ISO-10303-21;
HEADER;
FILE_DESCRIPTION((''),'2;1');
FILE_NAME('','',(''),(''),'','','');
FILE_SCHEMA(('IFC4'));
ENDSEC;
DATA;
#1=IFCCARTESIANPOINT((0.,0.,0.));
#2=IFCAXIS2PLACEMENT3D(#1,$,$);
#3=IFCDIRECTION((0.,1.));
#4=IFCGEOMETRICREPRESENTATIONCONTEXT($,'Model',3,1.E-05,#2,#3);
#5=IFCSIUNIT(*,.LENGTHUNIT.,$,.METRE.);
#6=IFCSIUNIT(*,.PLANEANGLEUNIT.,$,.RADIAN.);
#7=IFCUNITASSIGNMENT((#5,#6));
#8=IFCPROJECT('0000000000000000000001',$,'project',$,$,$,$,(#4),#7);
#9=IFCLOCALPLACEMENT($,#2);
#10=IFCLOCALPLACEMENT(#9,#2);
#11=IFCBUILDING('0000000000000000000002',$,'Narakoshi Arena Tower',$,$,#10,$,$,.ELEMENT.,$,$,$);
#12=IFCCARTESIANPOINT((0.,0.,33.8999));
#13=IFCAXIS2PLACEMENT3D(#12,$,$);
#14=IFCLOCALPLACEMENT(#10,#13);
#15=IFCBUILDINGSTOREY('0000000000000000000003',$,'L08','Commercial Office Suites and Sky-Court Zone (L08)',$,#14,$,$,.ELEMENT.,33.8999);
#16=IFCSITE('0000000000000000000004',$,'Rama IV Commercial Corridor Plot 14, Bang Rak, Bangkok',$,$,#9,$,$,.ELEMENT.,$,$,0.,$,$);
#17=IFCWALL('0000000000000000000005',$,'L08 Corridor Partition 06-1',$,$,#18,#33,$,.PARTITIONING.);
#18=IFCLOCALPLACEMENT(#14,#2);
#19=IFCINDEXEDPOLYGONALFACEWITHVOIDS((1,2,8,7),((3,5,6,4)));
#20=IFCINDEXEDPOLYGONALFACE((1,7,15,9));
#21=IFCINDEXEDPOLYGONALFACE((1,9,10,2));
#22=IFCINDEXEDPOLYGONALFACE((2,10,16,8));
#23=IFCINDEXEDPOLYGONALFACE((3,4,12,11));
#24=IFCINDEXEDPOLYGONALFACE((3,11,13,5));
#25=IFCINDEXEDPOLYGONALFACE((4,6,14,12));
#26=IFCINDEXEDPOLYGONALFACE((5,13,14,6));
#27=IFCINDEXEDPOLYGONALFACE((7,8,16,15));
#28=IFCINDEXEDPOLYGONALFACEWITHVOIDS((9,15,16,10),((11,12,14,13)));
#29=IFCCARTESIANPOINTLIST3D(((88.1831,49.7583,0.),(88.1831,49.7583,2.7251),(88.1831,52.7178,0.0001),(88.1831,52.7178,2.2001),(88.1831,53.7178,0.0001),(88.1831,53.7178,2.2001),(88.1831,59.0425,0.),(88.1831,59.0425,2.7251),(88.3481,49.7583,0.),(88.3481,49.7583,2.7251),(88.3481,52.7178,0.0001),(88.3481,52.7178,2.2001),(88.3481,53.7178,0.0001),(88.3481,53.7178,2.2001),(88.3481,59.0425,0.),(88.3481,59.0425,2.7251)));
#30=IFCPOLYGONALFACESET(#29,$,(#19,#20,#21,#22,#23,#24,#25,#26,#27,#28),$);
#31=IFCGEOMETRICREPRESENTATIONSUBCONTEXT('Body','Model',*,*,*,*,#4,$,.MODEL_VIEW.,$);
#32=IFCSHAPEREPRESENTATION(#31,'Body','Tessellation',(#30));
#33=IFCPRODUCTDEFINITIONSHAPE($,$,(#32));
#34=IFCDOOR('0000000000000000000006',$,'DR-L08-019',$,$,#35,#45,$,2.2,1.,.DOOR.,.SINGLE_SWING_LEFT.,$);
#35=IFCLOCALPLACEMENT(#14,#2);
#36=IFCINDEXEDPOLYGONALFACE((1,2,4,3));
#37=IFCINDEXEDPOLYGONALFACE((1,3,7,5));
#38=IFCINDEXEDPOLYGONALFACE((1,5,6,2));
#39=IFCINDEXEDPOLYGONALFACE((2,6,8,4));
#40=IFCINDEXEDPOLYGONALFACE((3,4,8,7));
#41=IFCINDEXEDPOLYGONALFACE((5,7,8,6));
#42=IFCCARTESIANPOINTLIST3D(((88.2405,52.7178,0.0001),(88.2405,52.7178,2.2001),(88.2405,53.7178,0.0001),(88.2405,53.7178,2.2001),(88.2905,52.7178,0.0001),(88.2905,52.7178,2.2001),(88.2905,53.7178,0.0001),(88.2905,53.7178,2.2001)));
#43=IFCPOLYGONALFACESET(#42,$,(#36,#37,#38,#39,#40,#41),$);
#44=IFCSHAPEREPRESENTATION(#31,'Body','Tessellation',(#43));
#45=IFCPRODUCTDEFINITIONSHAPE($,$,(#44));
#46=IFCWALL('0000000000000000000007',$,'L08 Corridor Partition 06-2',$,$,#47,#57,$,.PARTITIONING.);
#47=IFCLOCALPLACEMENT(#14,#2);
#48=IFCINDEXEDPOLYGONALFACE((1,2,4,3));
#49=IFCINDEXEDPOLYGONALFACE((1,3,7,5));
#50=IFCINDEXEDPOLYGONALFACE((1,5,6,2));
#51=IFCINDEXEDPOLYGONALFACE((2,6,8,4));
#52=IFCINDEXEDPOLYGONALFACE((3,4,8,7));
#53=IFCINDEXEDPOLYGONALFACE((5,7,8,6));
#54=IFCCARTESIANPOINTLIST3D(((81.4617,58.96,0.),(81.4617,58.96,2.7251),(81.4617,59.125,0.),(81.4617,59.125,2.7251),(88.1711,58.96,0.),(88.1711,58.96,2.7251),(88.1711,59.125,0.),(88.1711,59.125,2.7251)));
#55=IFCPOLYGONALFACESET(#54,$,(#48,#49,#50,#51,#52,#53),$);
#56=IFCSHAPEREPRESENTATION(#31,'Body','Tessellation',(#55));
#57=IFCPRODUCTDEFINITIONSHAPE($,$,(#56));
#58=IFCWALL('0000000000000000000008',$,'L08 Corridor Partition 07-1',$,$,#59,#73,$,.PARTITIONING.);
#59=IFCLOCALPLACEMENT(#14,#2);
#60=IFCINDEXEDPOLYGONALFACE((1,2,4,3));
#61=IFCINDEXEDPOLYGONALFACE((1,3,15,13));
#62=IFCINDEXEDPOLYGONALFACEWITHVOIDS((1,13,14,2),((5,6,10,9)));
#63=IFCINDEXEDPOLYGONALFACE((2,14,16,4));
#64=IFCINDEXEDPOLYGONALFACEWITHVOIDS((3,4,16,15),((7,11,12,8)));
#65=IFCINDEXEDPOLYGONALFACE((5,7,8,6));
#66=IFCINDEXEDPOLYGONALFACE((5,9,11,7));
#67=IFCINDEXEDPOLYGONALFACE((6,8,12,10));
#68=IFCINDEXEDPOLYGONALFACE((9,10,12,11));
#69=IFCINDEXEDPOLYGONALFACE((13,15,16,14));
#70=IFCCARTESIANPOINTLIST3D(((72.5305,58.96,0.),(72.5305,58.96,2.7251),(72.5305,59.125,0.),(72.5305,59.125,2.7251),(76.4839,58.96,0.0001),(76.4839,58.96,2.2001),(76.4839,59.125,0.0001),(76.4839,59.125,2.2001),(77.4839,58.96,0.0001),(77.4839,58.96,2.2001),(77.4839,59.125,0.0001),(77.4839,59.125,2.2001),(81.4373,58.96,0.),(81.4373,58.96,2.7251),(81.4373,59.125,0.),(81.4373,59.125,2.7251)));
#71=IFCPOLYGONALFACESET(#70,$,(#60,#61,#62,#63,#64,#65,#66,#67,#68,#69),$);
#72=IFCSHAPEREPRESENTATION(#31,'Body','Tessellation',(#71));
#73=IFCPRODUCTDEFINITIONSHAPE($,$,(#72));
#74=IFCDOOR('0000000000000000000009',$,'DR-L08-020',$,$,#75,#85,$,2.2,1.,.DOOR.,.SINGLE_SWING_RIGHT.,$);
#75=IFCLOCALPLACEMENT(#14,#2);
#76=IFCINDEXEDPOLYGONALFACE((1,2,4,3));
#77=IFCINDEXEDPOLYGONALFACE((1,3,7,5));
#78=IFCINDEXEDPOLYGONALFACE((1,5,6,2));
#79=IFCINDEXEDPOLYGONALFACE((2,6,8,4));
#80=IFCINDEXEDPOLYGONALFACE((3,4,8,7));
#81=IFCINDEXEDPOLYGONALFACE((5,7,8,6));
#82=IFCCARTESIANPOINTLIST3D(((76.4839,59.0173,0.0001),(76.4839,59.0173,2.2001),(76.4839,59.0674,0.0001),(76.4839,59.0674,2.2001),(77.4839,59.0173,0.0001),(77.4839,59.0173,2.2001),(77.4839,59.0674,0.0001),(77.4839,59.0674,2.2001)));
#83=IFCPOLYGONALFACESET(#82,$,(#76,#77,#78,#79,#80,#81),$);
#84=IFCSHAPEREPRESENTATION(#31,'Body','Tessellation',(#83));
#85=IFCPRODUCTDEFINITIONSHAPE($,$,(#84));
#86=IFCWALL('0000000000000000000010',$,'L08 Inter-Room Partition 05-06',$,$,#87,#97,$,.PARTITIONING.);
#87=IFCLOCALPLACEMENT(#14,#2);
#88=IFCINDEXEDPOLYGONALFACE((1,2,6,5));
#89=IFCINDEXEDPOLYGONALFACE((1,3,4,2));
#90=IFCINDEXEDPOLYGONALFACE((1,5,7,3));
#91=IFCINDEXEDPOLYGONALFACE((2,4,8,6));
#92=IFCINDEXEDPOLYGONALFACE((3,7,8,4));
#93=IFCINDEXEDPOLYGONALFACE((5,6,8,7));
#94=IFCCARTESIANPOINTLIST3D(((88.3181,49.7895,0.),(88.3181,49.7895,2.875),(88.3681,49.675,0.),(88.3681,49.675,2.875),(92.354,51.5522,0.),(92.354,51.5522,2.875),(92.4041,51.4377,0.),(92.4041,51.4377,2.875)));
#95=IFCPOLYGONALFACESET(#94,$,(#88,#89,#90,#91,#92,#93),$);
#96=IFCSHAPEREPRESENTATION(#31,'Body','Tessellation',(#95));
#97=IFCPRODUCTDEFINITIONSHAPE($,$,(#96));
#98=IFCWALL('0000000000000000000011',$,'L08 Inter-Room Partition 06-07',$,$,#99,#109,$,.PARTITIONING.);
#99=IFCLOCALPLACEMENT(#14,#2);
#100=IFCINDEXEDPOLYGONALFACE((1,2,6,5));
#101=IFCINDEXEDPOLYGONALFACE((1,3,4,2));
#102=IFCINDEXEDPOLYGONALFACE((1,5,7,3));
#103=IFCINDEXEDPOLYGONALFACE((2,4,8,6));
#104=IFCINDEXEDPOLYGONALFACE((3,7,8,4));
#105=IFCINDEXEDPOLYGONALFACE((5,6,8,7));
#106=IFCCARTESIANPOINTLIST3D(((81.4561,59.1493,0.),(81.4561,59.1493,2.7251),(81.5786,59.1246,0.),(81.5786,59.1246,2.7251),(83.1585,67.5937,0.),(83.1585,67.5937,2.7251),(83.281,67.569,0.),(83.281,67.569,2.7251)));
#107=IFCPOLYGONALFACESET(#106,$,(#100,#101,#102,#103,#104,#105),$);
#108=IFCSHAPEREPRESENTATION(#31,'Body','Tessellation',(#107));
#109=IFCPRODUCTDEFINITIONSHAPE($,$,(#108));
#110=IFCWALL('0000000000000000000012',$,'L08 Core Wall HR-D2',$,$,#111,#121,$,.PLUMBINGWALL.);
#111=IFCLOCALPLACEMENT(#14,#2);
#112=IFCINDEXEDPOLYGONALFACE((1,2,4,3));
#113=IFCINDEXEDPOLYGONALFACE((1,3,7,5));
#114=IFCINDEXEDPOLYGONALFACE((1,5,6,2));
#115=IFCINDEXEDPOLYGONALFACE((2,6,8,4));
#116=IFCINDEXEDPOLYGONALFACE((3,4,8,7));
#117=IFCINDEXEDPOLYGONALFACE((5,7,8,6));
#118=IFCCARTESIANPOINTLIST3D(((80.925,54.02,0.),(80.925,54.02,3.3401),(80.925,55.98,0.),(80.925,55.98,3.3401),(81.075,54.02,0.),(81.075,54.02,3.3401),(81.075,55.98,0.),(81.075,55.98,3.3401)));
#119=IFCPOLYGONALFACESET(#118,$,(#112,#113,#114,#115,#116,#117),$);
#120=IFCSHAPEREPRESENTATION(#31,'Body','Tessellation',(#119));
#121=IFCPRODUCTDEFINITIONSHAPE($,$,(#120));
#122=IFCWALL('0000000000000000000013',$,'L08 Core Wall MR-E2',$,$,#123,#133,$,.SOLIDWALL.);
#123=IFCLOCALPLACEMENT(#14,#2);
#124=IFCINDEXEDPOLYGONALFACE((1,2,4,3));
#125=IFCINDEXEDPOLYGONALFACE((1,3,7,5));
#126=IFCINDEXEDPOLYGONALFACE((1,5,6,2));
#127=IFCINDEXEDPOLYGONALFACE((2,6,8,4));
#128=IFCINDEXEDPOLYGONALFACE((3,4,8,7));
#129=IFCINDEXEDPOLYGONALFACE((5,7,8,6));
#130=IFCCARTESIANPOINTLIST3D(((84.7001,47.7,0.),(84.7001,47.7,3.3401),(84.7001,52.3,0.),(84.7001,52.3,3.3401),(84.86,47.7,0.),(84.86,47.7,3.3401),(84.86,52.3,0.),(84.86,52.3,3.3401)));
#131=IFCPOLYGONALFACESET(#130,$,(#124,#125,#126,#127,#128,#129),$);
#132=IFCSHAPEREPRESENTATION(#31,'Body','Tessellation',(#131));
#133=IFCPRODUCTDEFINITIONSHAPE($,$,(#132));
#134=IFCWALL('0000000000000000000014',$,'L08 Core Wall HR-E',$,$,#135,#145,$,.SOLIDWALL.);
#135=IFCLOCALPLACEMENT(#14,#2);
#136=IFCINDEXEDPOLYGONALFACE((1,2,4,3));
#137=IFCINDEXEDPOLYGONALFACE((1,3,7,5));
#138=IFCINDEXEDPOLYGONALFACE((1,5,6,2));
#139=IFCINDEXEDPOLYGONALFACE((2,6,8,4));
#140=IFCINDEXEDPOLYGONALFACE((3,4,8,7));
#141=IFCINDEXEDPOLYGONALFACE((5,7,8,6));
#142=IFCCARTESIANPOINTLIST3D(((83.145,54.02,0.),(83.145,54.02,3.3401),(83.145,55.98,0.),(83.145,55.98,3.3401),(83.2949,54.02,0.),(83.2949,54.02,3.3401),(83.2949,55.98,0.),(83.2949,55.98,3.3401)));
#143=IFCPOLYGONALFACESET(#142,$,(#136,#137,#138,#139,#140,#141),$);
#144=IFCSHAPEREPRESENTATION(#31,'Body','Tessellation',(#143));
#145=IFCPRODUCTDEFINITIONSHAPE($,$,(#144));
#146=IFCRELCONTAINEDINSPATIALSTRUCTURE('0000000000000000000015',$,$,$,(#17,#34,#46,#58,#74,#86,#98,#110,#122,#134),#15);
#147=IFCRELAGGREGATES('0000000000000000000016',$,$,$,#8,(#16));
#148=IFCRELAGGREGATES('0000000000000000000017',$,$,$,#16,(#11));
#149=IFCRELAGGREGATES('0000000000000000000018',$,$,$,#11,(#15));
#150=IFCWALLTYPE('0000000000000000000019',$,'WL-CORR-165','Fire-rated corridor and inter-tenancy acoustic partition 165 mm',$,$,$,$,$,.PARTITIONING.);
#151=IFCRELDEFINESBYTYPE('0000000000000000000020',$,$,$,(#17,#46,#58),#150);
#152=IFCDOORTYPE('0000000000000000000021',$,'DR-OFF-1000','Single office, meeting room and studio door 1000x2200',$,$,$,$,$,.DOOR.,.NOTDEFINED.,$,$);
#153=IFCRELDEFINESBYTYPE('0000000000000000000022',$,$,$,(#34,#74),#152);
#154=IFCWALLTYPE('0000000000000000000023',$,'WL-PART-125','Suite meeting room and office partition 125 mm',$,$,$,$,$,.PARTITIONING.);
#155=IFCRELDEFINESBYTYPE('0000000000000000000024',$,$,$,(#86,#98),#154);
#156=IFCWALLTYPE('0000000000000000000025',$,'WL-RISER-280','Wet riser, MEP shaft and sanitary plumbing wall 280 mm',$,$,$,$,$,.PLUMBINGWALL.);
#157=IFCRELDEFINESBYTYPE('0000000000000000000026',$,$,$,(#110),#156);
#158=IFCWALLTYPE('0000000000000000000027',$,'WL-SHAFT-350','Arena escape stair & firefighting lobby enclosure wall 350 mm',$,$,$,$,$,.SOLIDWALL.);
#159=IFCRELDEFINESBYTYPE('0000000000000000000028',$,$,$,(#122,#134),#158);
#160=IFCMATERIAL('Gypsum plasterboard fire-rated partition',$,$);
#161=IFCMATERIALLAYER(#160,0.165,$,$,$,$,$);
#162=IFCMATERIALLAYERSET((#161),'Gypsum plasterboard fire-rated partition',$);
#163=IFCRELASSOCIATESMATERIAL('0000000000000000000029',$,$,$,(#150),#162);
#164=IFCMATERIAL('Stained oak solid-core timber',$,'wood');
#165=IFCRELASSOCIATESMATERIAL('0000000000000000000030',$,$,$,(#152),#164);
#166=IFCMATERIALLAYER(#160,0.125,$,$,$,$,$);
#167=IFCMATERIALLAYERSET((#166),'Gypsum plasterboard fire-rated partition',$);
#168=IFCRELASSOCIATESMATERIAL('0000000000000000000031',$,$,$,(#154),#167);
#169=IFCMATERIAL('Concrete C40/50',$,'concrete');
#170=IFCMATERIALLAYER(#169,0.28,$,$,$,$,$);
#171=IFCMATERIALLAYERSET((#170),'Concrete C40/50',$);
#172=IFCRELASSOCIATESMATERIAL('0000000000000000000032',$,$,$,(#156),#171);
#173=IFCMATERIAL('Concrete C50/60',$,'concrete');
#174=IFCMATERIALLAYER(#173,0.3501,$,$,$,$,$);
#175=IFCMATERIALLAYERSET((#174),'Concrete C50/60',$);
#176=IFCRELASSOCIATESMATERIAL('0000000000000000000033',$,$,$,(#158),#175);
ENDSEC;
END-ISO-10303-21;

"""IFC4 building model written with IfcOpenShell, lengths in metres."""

from ifc_helpers import new_model, si_unit, direction, frame, frame_2d, origin, place, context, subcontext, project, spatial, rectangle, extrude, material, layer, layer_set, type_object, element, fill, save


model = new_model("IFC4")

# Units and contexts
model_context = context("Model", 3, precision=1e-05, world=origin(), true_north=direction((0.0, 1.0)))
body_context = subcontext(model_context, "Body", "Model", "MODEL_VIEW")
ifc_project = project(units=[si_unit("LENGTHUNIT", "METRE"), si_unit("PLANEANGLEUNIT", "RADIAN")], contexts=[model_context])

# Site, building, storey
site_placement = place(None, origin())
site = spatial("IfcSite", under=ifc_project, at=site_placement, Name="Rama IV Commercial Corridor Plot 14, Bang Rak, Bangkok", CompositionType="ELEMENT", RefElevation=0.0)
building_placement = place(site_placement, origin())
building = spatial("IfcBuilding", under=site, at=building_placement, Name="Narakoshi Arena Tower", CompositionType="ELEMENT")
storey_placement = place(building_placement, frame((0.0, 0.0, 33.8999)))
storey = spatial("IfcBuildingStorey", under=building, at=storey_placement, Name="L08", Description="Commercial Office Suites and Sky-Court Zone (L08)", CompositionType="ELEMENT", Elevation=33.8999)

# Wall, opening, door
ifc_material_1 = material(Name="Gypsum plasterboard fire-rated partition")
ifc_layer_1 = layer(ifc_material_1, 0.165)
ifc_layer_set_1 = layer_set([ifc_layer_1], Name="Gypsum plasterboard fire-rated partition")
wall_type_1 = type_object("IfcWallType", Name="WL-CORR-165", Description="Fire-rated corridor and inter-tenancy acoustic partition 165 mm", PredefinedType="PARTITIONING", material=ifc_layer_set_1)
wall_1_placement = place(storey_placement, frame((88.2656, 49.7583, 0.0), z_axis=(0.0, 0.0, 1.0), x_axis=(0.0, 1.0, 0.0)))
wall_1 = element("IfcWall", 1, at=wall_1_placement, inside=storey, type_object=wall_type_1, Name="L08 Corridor Partition 06-1", PredefinedType="PARTITIONING", context=body_context, shape_type="SweptSolid", body=[
    extrude(rectangle(XDim=9.2842, YDim=0.165, at=frame_2d((4.6421, 0.0))), origin(), (0.0, 0.0, 1.0), 2.7251),
])
opening_1_placement = place(wall_1_placement, frame((2.9595, 0.0, 0.0)))
opening_1 = element("IfcOpeningElement", 2, at=opening_1_placement, cuts=wall_1, PredefinedType="OPENING", context=body_context, shape_type="SweptSolid", body=[
    extrude(rectangle(XDim=1.0, YDim=2.2, at=frame_2d((0.5, 1.1001))), frame((0.0, 0.0925, 0.0), z_axis=(0.0, -1.0, 0.0), x_axis=(1.0, 0.0, 0.0)), (0.0, 0.0, 1.0), 0.1851),
])
ifc_material_2 = material(Name="Stained oak solid-core timber", Category="wood")
door_type = type_object("IfcDoorType", Name="DR-OFF-1000", Description="Single office, meeting room and studio door 1000x2200", OperationType="NOTDEFINED", PredefinedType="DOOR", material=ifc_material_2)
door_1_placement = place(opening_1_placement, frame((1.0, 0.0, 0.0), z_axis=(0.0, 0.0, 1.0), x_axis=(-1.0, 0.0, 0.0)))
door_1 = element("IfcDoor", 3, at=door_1_placement, inside=storey, type_object=door_type, Name="DR-L08-019", OperationType="SINGLE_SWING_LEFT", OverallHeight=2.2, OverallWidth=1.0, PredefinedType="DOOR", context=body_context, shape_type="SweptSolid", body=[
    extrude(rectangle(XDim=1.0, YDim=2.2, at=frame_2d((0.5, 1.1001))), frame((0.0, 0.0249, 0.0), z_axis=(0.0, -1.0, 0.0), x_axis=(1.0, 0.0, 0.0)), (0.0, 0.0, 1.0), 0.05),
])
fill(opening_1, door_1)

# Wall
wall_2_placement = place(storey_placement, frame((88.1711, 59.0425, 0.0), z_axis=(0.0, 0.0, 1.0), x_axis=(-1.0, 0.0, 0.0)))
element("IfcWall", 4, at=wall_2_placement, inside=storey, type_object=wall_type_1, Name="L08 Corridor Partition 06-2", PredefinedType="PARTITIONING", context=body_context, shape_type="SweptSolid", body=[
    extrude(rectangle(XDim=6.7095, YDim=0.165, at=frame_2d((3.3547, 0.0))), origin(), (0.0, 0.0, 1.0), 2.7251),
])

# Wall, opening, door
wall_3_placement = place(storey_placement, frame((81.4373, 59.0425, 0.0), z_axis=(0.0, 0.0, 1.0), x_axis=(-1.0, 0.0, 0.0)))
wall_3 = element("IfcWall", 5, at=wall_3_placement, inside=storey, type_object=wall_type_1, Name="L08 Corridor Partition 07-1", PredefinedType="PARTITIONING", context=body_context, shape_type="SweptSolid", body=[
    extrude(rectangle(XDim=8.9067, YDim=0.165, at=frame_2d((4.4534, 0.0))), origin(), (0.0, 0.0, 1.0), 2.7251),
])
opening_2_placement = place(wall_3_placement, frame((3.9534, 0.0, 0.0)))
opening_2 = element("IfcOpeningElement", 6, at=opening_2_placement, cuts=wall_3, PredefinedType="OPENING", context=body_context, shape_type="SweptSolid", body=[
    extrude(rectangle(XDim=1.0, YDim=2.2, at=frame_2d((0.5, 1.1001))), frame((0.0, 0.0925, 0.0), z_axis=(0.0, -1.0, 0.0), x_axis=(1.0, 0.0, 0.0)), (0.0, 0.0, 1.0), 0.1851),
])
door_2_placement = place(opening_2_placement, frame((1.0, 0.0, 0.0), z_axis=(0.0, 0.0, 1.0), x_axis=(-1.0, 0.0, 0.0)))
door_2 = element("IfcDoor", 7, at=door_2_placement, inside=storey, type_object=door_type, Name="DR-L08-020", OperationType="SINGLE_SWING_RIGHT", OverallHeight=2.2, OverallWidth=1.0, PredefinedType="DOOR", context=body_context, shape_type="SweptSolid", body=[
    extrude(rectangle(XDim=1.0, YDim=2.2, at=frame_2d((0.5, 1.1001))), frame((0.0, 0.0249, 0.0), z_axis=(0.0, -1.0, 0.0), x_axis=(1.0, 0.0, 0.0)), (0.0, 0.0, 1.0), 0.05),
])
fill(opening_2, door_2)

# Walls
ifc_layer_2 = layer(ifc_material_1, 0.125)
ifc_layer_set_2 = layer_set([ifc_layer_2], Name="Gypsum plasterboard fire-rated partition")
wall_type_2 = type_object("IfcWallType", Name="WL-PART-125", Description="Suite meeting room and office partition 125 mm", PredefinedType="PARTITIONING", material=ifc_layer_set_2)
wall_4_placement = place(storey_placement, frame((88.343, 49.7322, 0.0), z_axis=(0.0, 0.0, 1.0), x_axis=(0.916408, 0.400246, 0.0)))
element("IfcWall", 8, at=wall_4_placement, inside=storey, type_object=wall_type_2, Name="L08 Inter-Room Partition 05-06", PredefinedType="PARTITIONING", context=body_context, shape_type="SweptSolid", body=[
    extrude(rectangle(XDim=4.4041, YDim=0.125, at=frame_2d((2.2021, 0.0))), origin(), (0.0, 0.0, 1.0), 2.875),
])
wall_5_placement = place(storey_placement, frame((81.5173, 59.137, 0.0), z_axis=(0.0, 0.0, 1.0), x_axis=(0.197626, 0.980278, 0.0)))
element("IfcWall", 9, at=wall_5_placement, inside=storey, type_object=wall_type_2, Name="L08 Inter-Room Partition 06-07", PredefinedType="PARTITIONING", context=body_context, shape_type="SweptSolid", body=[
    extrude(rectangle(XDim=8.6143, YDim=0.125, at=frame_2d((4.3071, 0.0))), origin(), (0.0, 0.0, 1.0), 2.7251),
])
ifc_material_3 = material(Name="Concrete C40/50", Category="concrete")
ifc_layer_3 = layer(ifc_material_3, 0.28)
ifc_layer_set_3 = layer_set([ifc_layer_3], Name="Concrete C40/50")
wall_type_3 = type_object("IfcWallType", Name="WL-RISER-280", Description="Wet riser, MEP shaft and sanitary plumbing wall 280 mm", PredefinedType="PLUMBINGWALL", material=ifc_layer_set_3)
wall_6_placement = place(storey_placement, frame((81.0, 54.02, 0.0), z_axis=(0.0, 0.0, 1.0), x_axis=(0.0, 1.0, 0.0)))
element("IfcWall", 10, at=wall_6_placement, inside=storey, type_object=wall_type_3, Name="L08 Core Wall HR-D2", PredefinedType="PLUMBINGWALL", context=body_context, shape_type="SweptSolid", body=[
    extrude(rectangle(XDim=1.96, YDim=0.1499, at=frame_2d((0.98, 0.0))), origin(), (0.0, 0.0, 1.0), 3.3401),
])
ifc_material_4 = material(Name="Concrete C50/60", Category="concrete")
ifc_layer_4 = layer(ifc_material_4, 0.3501)
ifc_layer_set_4 = layer_set([ifc_layer_4], Name="Concrete C50/60")
wall_type_4 = type_object("IfcWallType", Name="WL-SHAFT-350", Description="Arena escape stair & firefighting lobby enclosure wall 350 mm", PredefinedType="SOLIDWALL", material=ifc_layer_set_4)
wall_7_placement = place(storey_placement, frame((84.78, 47.7, 0.0), z_axis=(0.0, 0.0, 1.0), x_axis=(0.0, 1.0, 0.0)))
element("IfcWall", 11, at=wall_7_placement, inside=storey, type_object=wall_type_4, Name="L08 Core Wall MR-E2", PredefinedType="SOLIDWALL", context=body_context, shape_type="SweptSolid", body=[
    extrude(rectangle(XDim=4.6001, YDim=0.1599, at=frame_2d((2.3, 0.0))), origin(), (0.0, 0.0, 1.0), 3.3401),
])
wall_8_placement = place(storey_placement, frame((83.22, 54.02, 0.0), z_axis=(0.0, 0.0, 1.0), x_axis=(0.0, 1.0, 0.0)))
element("IfcWall", 12, at=wall_8_placement, inside=storey, type_object=wall_type_4, Name="L08 Core Wall HR-E", PredefinedType="SOLIDWALL", context=body_context, shape_type="SweptSolid", body=[
    extrude(rectangle(XDim=1.96, YDim=0.1499, at=frame_2d((0.98, 0.0))), origin(), (0.0, 0.0, 1.0), 3.3401),
])

save(model, "model.ifc")
